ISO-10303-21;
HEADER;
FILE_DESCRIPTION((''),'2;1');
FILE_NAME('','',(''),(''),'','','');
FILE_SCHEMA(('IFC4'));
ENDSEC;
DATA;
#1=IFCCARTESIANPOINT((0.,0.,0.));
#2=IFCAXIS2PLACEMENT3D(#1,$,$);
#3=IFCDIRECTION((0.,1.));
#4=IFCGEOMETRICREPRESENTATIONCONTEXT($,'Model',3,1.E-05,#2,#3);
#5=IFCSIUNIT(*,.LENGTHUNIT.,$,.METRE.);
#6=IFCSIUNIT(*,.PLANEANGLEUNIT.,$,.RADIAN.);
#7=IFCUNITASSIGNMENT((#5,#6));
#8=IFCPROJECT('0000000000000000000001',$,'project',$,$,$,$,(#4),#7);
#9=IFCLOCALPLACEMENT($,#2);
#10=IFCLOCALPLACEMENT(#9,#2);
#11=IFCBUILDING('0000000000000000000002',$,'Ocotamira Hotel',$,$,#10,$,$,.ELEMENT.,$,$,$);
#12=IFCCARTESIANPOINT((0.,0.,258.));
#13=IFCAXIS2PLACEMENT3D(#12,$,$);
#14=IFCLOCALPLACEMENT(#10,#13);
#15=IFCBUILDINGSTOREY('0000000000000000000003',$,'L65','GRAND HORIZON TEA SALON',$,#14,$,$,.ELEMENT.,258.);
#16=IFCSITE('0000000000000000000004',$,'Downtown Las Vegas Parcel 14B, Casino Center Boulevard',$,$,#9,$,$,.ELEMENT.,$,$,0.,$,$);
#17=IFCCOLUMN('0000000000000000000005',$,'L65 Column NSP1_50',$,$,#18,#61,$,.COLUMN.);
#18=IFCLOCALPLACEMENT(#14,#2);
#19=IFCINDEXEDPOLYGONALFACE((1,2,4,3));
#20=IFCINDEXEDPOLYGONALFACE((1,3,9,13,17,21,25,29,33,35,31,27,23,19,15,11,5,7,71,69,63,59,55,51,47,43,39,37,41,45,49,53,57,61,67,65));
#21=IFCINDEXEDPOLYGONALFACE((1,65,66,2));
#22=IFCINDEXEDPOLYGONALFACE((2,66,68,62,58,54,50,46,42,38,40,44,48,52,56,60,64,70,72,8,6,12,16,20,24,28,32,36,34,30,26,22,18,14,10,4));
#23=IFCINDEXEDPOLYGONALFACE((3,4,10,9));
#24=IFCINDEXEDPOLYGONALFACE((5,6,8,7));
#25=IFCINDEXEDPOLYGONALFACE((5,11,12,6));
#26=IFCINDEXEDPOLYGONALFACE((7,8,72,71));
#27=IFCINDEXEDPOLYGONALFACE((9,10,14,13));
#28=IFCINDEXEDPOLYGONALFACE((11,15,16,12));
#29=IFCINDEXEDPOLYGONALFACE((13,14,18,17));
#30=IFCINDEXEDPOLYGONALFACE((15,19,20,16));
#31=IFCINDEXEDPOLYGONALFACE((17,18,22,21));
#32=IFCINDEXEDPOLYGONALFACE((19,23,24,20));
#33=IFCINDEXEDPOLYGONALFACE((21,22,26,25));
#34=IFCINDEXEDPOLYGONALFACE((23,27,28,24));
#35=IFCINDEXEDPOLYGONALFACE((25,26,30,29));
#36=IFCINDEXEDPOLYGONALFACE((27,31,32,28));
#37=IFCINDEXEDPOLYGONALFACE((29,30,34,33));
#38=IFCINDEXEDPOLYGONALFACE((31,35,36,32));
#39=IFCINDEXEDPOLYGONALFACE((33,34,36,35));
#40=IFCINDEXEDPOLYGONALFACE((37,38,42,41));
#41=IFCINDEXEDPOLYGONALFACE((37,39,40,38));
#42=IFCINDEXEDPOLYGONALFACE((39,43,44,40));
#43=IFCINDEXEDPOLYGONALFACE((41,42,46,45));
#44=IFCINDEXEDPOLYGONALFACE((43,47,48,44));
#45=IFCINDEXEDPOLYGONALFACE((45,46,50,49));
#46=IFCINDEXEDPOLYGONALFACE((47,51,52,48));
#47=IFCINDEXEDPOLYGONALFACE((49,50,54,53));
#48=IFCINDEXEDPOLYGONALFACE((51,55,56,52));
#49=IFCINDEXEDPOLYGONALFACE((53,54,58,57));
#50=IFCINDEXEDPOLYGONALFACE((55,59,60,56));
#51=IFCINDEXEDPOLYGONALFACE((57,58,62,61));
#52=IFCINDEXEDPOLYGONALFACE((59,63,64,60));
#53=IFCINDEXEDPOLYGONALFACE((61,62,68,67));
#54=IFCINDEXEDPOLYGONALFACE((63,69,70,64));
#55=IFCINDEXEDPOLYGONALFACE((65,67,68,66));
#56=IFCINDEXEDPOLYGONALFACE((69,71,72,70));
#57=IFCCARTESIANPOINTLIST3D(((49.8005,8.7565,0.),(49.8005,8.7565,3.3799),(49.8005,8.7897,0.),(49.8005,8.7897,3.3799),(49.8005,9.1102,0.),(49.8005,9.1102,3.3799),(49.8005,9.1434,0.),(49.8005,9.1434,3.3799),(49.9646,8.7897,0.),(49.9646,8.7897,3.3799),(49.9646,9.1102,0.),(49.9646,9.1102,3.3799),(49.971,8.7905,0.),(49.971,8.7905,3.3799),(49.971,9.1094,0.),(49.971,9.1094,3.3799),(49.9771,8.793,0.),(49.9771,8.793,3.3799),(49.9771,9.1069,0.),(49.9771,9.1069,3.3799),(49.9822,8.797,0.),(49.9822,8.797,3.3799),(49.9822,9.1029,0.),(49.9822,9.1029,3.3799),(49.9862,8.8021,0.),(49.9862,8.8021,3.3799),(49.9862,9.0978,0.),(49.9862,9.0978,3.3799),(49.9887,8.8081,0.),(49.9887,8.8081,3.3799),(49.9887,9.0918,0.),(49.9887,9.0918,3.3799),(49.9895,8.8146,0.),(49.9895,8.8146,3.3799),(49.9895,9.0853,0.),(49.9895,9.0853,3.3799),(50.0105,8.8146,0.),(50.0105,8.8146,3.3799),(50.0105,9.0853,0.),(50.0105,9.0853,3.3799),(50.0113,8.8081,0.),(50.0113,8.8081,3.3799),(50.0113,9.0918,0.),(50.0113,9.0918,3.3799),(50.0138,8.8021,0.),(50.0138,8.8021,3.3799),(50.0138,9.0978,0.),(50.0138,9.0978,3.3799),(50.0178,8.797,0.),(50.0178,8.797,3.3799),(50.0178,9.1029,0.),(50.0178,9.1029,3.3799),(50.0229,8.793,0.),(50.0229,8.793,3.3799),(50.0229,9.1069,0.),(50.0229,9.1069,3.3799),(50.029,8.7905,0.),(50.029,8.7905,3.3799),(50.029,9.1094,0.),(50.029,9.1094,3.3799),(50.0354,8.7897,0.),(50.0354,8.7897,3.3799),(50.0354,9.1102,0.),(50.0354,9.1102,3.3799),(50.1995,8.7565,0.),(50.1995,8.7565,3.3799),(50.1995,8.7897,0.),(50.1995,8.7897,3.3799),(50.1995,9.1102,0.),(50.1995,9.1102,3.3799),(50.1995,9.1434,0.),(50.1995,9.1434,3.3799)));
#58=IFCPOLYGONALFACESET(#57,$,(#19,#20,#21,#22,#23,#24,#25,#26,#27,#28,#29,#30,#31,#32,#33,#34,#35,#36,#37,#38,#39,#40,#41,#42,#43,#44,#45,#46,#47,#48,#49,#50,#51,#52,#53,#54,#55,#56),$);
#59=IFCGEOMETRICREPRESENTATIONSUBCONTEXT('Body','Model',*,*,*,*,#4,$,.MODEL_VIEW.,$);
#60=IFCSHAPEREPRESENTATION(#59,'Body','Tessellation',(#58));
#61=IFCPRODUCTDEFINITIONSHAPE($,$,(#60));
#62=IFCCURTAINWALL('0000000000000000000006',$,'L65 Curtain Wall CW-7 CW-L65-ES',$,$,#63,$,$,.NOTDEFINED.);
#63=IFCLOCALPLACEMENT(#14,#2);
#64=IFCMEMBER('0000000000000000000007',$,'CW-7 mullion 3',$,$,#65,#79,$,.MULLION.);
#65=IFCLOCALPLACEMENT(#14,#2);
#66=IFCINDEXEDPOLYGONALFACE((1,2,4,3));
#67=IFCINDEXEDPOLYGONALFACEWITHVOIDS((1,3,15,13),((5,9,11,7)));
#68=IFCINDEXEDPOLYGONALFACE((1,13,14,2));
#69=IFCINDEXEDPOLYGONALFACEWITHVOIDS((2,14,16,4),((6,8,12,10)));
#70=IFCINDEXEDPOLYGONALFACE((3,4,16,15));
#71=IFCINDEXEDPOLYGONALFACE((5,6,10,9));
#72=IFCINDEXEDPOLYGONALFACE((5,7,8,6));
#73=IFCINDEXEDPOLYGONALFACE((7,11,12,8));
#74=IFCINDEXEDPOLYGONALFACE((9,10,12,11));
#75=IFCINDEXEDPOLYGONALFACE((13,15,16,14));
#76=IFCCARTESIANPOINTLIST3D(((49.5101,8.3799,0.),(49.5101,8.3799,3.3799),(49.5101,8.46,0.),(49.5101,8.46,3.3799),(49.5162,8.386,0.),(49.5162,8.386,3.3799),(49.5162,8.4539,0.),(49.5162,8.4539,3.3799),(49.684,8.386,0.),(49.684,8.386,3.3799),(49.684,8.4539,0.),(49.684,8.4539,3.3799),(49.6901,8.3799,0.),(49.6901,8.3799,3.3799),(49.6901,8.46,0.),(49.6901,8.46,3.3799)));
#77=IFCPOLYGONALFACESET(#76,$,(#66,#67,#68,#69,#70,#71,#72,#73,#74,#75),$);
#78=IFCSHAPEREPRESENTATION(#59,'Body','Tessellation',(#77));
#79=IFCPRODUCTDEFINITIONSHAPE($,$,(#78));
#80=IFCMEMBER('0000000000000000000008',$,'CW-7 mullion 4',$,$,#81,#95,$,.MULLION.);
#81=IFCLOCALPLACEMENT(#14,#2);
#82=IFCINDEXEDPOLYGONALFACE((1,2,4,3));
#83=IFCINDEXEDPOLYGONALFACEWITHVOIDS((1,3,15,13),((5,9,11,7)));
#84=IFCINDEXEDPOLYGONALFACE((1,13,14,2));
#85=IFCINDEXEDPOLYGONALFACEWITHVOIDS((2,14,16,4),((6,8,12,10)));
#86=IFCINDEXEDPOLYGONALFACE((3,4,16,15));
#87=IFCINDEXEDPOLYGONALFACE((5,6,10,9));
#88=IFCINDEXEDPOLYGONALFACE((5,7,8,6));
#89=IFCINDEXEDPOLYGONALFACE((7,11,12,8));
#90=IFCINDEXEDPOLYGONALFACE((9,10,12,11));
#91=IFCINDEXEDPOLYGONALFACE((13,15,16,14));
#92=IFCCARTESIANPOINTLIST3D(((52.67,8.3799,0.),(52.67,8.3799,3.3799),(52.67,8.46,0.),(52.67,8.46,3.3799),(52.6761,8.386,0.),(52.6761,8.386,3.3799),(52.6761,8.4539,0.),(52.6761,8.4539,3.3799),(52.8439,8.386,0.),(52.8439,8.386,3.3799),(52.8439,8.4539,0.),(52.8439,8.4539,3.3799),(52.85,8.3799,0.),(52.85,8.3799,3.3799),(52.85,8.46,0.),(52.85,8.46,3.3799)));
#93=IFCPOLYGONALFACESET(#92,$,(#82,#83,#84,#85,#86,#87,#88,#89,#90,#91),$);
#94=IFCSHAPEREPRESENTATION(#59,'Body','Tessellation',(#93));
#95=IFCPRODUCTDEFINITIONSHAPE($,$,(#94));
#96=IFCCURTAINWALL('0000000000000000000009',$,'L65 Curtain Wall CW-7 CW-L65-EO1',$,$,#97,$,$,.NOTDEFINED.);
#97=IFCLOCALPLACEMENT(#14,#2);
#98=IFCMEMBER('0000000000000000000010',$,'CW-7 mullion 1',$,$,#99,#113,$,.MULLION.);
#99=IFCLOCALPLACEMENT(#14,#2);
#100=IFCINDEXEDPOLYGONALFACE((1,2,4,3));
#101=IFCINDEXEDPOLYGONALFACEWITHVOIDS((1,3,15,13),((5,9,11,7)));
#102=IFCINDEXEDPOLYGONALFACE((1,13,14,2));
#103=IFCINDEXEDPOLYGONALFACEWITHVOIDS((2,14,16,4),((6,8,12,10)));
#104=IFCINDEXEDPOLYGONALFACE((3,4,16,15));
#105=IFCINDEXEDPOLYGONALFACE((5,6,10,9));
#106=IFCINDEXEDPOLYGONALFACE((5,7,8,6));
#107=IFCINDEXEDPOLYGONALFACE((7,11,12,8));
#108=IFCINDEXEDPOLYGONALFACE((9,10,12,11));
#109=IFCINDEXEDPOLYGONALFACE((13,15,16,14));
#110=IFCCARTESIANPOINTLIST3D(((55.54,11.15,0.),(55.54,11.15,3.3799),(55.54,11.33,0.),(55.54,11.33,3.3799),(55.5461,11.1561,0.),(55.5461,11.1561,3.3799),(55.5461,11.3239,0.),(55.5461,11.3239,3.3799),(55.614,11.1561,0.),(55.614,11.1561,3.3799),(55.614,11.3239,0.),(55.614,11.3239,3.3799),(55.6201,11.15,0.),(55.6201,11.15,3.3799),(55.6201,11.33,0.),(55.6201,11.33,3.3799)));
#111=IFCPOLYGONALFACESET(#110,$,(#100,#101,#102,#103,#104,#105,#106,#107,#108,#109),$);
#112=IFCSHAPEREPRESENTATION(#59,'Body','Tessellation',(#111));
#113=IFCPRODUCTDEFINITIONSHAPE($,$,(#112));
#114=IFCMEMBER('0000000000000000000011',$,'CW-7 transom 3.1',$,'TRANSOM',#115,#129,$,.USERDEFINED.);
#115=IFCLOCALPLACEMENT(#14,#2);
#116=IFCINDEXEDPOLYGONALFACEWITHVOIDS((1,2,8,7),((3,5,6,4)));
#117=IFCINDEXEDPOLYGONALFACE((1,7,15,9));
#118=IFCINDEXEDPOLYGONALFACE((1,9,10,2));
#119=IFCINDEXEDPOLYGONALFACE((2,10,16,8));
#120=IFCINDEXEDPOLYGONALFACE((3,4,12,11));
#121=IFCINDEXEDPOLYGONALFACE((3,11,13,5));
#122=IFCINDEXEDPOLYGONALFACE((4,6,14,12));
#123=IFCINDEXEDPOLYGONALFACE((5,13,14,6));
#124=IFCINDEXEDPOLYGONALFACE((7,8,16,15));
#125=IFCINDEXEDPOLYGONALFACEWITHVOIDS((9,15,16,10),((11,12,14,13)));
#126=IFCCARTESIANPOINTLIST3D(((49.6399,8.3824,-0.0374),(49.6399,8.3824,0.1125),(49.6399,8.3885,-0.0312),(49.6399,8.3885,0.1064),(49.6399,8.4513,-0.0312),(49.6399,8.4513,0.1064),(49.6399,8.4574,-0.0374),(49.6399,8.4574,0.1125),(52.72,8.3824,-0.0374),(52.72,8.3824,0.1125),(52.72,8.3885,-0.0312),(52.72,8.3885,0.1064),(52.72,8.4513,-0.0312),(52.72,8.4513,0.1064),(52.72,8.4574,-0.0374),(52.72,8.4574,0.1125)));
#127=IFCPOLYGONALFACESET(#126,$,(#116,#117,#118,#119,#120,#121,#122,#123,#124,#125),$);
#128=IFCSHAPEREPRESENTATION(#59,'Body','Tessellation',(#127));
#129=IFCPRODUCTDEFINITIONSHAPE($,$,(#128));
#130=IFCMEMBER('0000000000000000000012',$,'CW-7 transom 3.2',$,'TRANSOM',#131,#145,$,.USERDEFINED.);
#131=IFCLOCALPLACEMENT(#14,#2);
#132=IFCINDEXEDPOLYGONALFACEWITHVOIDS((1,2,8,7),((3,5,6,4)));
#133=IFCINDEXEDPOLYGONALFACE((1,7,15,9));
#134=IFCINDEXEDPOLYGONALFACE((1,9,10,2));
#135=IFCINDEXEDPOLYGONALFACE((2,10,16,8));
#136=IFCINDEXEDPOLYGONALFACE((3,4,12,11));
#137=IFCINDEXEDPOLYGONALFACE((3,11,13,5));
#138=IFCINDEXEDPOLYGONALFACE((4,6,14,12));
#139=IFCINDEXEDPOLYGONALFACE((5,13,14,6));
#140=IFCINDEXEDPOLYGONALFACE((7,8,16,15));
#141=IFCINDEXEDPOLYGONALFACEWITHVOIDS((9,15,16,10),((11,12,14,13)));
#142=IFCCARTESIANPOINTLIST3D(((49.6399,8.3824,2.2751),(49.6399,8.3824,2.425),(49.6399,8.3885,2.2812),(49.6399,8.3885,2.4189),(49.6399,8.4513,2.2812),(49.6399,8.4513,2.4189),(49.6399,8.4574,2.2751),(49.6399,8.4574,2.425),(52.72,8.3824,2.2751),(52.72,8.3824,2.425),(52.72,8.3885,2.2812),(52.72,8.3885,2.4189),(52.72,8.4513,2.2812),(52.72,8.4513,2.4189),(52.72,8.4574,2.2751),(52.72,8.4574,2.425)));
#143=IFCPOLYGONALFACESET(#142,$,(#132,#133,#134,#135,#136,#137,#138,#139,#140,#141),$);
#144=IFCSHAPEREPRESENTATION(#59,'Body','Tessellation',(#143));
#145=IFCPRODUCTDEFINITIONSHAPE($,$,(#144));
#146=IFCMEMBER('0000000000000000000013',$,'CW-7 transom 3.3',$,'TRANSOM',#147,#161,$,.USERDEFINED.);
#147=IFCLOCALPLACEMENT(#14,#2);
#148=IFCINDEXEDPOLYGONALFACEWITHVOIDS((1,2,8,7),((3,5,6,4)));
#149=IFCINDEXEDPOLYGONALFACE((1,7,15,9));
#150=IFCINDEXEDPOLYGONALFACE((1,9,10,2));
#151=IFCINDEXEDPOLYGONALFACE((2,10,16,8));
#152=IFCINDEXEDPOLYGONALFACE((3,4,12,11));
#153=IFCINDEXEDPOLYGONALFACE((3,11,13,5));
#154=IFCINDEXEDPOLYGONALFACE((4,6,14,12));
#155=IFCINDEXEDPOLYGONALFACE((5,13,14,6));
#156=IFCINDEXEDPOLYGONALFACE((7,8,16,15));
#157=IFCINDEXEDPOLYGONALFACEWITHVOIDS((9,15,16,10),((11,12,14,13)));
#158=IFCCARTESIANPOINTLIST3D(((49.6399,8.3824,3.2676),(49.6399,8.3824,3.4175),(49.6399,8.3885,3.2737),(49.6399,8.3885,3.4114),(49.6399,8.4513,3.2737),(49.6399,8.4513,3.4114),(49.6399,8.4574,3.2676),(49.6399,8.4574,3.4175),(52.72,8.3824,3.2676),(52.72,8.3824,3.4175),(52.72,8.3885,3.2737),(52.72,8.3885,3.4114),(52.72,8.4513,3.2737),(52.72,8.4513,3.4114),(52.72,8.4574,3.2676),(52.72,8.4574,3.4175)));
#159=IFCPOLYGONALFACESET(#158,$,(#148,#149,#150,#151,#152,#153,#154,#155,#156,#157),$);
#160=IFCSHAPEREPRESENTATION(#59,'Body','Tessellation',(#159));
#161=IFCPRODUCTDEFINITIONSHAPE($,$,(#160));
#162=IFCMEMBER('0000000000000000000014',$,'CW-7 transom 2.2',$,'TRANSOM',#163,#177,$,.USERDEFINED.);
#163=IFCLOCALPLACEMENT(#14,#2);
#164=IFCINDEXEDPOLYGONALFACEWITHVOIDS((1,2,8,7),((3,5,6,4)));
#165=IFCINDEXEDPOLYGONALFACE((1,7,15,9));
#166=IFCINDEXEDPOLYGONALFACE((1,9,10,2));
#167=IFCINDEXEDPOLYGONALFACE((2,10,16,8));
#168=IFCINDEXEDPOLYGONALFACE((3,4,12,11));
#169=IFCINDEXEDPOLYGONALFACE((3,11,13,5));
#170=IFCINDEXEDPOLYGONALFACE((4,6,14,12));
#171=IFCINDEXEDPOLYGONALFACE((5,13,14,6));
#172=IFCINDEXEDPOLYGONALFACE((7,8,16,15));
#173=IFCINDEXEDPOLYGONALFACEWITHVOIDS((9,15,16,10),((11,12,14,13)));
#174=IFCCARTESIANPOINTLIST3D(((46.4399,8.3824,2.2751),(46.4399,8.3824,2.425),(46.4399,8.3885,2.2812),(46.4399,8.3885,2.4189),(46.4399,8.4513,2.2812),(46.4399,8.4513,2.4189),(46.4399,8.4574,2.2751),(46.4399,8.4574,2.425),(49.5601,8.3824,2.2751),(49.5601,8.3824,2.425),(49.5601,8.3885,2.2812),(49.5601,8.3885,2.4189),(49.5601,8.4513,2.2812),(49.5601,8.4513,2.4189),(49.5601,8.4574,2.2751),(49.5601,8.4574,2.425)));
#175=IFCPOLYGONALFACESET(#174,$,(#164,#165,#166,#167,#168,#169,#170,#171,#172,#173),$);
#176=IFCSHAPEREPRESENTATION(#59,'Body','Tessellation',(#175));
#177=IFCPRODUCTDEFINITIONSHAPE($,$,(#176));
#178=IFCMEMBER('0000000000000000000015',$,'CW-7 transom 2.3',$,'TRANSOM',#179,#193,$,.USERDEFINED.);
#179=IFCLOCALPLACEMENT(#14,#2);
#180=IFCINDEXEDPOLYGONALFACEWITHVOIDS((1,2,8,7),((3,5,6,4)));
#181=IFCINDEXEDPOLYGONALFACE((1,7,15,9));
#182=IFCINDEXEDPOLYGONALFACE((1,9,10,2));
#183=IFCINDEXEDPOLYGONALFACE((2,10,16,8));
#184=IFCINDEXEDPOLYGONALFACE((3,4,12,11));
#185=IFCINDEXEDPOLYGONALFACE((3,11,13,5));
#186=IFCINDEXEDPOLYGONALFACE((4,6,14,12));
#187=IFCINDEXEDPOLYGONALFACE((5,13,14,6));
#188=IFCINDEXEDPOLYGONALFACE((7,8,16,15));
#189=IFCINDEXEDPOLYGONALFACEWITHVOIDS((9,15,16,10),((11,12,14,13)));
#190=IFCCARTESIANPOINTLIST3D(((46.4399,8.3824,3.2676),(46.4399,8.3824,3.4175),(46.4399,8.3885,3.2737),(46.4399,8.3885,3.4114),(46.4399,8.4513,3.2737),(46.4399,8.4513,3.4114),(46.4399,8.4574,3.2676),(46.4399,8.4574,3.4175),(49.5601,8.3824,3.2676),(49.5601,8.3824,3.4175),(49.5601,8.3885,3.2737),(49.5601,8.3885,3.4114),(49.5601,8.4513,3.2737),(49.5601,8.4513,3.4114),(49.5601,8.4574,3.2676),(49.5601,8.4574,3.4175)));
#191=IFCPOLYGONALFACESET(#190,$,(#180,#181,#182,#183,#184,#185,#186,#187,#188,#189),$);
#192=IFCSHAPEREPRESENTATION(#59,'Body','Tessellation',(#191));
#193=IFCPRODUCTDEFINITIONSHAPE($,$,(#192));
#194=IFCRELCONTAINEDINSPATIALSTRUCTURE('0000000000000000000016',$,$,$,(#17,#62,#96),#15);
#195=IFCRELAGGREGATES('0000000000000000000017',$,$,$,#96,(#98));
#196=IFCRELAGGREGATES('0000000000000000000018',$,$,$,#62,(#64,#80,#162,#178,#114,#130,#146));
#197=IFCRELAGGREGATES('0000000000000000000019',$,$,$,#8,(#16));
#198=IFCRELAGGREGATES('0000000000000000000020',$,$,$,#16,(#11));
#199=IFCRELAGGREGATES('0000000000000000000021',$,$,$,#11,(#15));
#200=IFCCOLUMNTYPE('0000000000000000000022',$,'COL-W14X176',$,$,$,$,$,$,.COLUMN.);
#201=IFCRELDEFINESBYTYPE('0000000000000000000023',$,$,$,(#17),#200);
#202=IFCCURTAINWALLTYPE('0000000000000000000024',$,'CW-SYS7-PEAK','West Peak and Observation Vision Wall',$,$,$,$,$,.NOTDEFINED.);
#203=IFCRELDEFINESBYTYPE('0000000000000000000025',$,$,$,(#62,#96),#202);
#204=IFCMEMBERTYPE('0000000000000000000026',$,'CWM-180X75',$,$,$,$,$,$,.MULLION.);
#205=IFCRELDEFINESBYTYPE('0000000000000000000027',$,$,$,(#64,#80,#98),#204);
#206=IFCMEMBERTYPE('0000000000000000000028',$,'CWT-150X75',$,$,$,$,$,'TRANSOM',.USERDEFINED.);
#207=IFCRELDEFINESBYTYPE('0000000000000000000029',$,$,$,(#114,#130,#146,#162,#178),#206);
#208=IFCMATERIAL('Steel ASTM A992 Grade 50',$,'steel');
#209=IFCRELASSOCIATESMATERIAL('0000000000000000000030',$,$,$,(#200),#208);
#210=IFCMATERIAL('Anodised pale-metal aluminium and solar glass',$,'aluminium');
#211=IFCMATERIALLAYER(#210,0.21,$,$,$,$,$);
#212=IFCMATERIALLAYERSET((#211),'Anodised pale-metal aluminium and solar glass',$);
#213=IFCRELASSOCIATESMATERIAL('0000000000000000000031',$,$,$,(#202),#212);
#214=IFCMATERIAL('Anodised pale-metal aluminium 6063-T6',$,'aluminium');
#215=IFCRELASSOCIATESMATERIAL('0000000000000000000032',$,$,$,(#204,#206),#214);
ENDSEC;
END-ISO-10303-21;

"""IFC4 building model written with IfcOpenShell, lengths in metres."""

from ifc_helpers import new_model, si_unit, direction, frame, origin, origin_2d, place, context, subcontext, project, spatial, hollow_rectangle, i_section, extrude, source, transform, mapped, material, layer, layer_set, material_profile, profile_set, type_object, element, aggregate, save


model = new_model("IFC4")

# Units and contexts
model_context = context("Model", 3, precision=1e-05, world=origin(), true_north=direction((0.0, 1.0)))
body_context = subcontext(model_context, "Body", "Model", "MODEL_VIEW")
ifc_project = project(units=[si_unit("LENGTHUNIT", "METRE"), si_unit("PLANEANGLEUNIT", "RADIAN")], contexts=[model_context])

# Site, building, storey
site_placement = place(None, origin())
site = spatial("IfcSite", under=ifc_project, at=site_placement, Name="Downtown Las Vegas Parcel 14B, Casino Center Boulevard", CompositionType="ELEMENT", RefElevation=0.0)
building_placement = place(site_placement, origin())
building = spatial("IfcBuilding", under=site, at=building_placement, Name="Ocotamira Hotel", CompositionType="ELEMENT")
storey_placement = place(building_placement, frame((0.0, 0.0, 258.0)))
storey = spatial("IfcBuildingStorey", under=building, at=storey_placement, Name="L65", Description="GRAND HORIZON TEA SALON", CompositionType="ELEMENT", Elevation=258.0)

# Column
ifc_material_1 = material(Name="Steel ASTM A992 Grade 50", Category="steel")
ifc_material_profile_1 = material_profile(ifc_material_1, i_section(OverallWidth=0.3989, OverallDepth=0.387, WebThickness=0.021, FlangeThickness=0.0332, FilletRadius=0.0249, at=origin_2d()), Name="W14X176")
ifc_profile_set_1 = profile_set([ifc_material_profile_1], Name="Steel ASTM A992 Grade 50")
column_type = type_object("IfcColumnType", Name="COL-W14X176", PredefinedType="COLUMN", material=ifc_profile_set_1)
shared_shape_1 = source(origin(), body_context, "Body", "SweptSolid", [
    extrude(i_section(OverallWidth=0.3989, OverallDepth=0.387, WebThickness=0.021, FlangeThickness=0.0332, FilletRadius=0.0249, at=origin_2d()), origin(), (0.0, 0.0, 1.0), 3.3799),
])
column_placement = place(storey_placement, frame((50.0, 8.95, 0.0), z_axis=(0.0, 0.0, 1.0), x_axis=(1.0, 0.0, 0.0)))
element("IfcColumn", 1, at=column_placement, inside=storey, type_object=column_type, Name="L65 Column NSP1_50", PredefinedType="COLUMN", context=body_context, shape_type="MappedRepresentation", body=[
    mapped(shared_shape_1, transform((0.0, 0.0, 0.0), scale=1.0)),
])

# Curtain wall, members
ifc_material_2 = material(Name="Anodised pale-metal aluminium and solar glass", Category="aluminium")
ifc_layer_1 = layer(ifc_material_2, 0.21)
ifc_layer_set_1 = layer_set([ifc_layer_1], Name="Anodised pale-metal aluminium and solar glass")
curtain_wall_type = type_object("IfcCurtainWallType", Name="CW-SYS7-PEAK", Description="West Peak and Observation Vision Wall", PredefinedType="NOTDEFINED", material=ifc_layer_set_1)
curtain_wall_1_placement = place(storey_placement, origin())
curtain_wall_1 = element("IfcCurtainWall", 2, at=curtain_wall_1_placement, inside=storey, type_object=curtain_wall_type, Name="L65 Curtain Wall CW-7 CW-L65-ES", PredefinedType="NOTDEFINED")
ifc_material_3 = material(Name="Anodised pale-metal aluminium 6063-T6", Category="aluminium")
ifc_material_profile_2 = material_profile(ifc_material_3, hollow_rectangle(XDim=0.0801, YDim=0.1799, WallThickness=0.0061, at=origin_2d()), Name="HSS180X80X6")
ifc_profile_set_2 = profile_set([ifc_material_profile_2], Name="Anodised pale-metal aluminium 6063-T6")
member_type_1 = type_object("IfcMemberType", Name="CWM-180X75", PredefinedType="MULLION", material=ifc_profile_set_2)
shared_shape_2 = source(origin(), body_context, "Body", "SweptSolid", [
    extrude(hollow_rectangle(XDim=0.0801, YDim=0.1799, WallThickness=0.0061, at=origin_2d()), origin(), (0.0, 0.0, 1.0), 3.3799),
])
member_1_placement = place(storey_placement, frame((49.6001, 8.4199, 0.0), z_axis=(0.0, 0.0, 1.0), x_axis=(0.0, 1.0, 0.0)))
member_1 = element("IfcMember", 3, at=member_1_placement, type_object=member_type_1, Name="CW-7 mullion 3", PredefinedType="MULLION", context=body_context, shape_type="MappedRepresentation", body=[
    mapped(shared_shape_2, transform((0.0, 0.0, 0.0), scale=1.0)),
])
member_2_placement = place(storey_placement, frame((52.76, 8.4199, 0.0), z_axis=(0.0, 0.0, 1.0), x_axis=(0.0, 1.0, 0.0)))
member_2 = element("IfcMember", 4, at=member_2_placement, type_object=member_type_1, Name="CW-7 mullion 4", PredefinedType="MULLION", context=body_context, shape_type="MappedRepresentation", body=[
    mapped(shared_shape_2, transform((0.0, 0.0, 0.0), scale=1.0)),
])

# Curtain wall, member
curtain_wall_2_placement = place(storey_placement, origin())
curtain_wall_2 = element("IfcCurtainWall", 5, at=curtain_wall_2_placement, inside=storey, type_object=curtain_wall_type, Name="L65 Curtain Wall CW-7 CW-L65-EO1", PredefinedType="NOTDEFINED")
member_3_placement = place(storey_placement, frame((55.5801, 11.24, 0.0), z_axis=(0.0, 0.0, 1.0), x_axis=(-1.0, 0.0, 0.0)))
member_3 = element("IfcMember", 6, at=member_3_placement, type_object=member_type_1, Name="CW-7 mullion 1", PredefinedType="MULLION", context=body_context, shape_type="MappedRepresentation", body=[
    mapped(shared_shape_2, transform((0.0, 0.0, 0.0), scale=1.0)),
])

# Members
ifc_material_profile_3 = material_profile(ifc_material_3, hollow_rectangle(XDim=0.075, YDim=0.1499, WallThickness=0.0061, at=origin_2d()), Name="HSS150X75X6")
ifc_profile_set_3 = profile_set([ifc_material_profile_3], Name="Anodised pale-metal aluminium 6063-T6")
member_type_2 = type_object("IfcMemberType", Name="CWT-150X75", ElementType="TRANSOM", PredefinedType="USERDEFINED", material=ifc_profile_set_3)
shared_shape_3 = source(origin(), body_context, "Body", "SweptSolid", [
    extrude(hollow_rectangle(XDim=0.075, YDim=0.1499, WallThickness=0.0061, at=origin_2d()), origin(), (0.0, 0.0, 1.0), 3.0801),
])
member_4_placement = place(storey_placement, frame((49.6399, 8.4199, 0.0376), z_axis=(1.0, 0.0, 0.0), x_axis=(0.0, 1.0, 0.0)))
member_4 = element("IfcMember", 7, at=member_4_placement, type_object=member_type_2, Name="CW-7 transom 3.1", ObjectType="TRANSOM", PredefinedType="USERDEFINED", context=body_context, shape_type="MappedRepresentation", body=[
    mapped(shared_shape_3, transform((0.0, 0.0, 0.0), scale=1.0)),
])
member_5_placement = place(storey_placement, frame((49.6399, 8.4199, 2.3501), z_axis=(1.0, 0.0, 0.0), x_axis=(0.0, 1.0, 0.0)))
member_5 = element("IfcMember", 8, at=member_5_placement, type_object=member_type_2, Name="CW-7 transom 3.2", ObjectType="TRANSOM", PredefinedType="USERDEFINED", context=body_context, shape_type="MappedRepresentation", body=[
    mapped(shared_shape_3, transform((0.0, 0.0, 0.0), scale=1.0)),
])
member_6_placement = place(storey_placement, frame((49.6399, 8.4199, 3.3425), z_axis=(1.0, 0.0, 0.0), x_axis=(0.0, 1.0, 0.0)))
member_6 = element("IfcMember", 9, at=member_6_placement, type_object=member_type_2, Name="CW-7 transom 3.3", ObjectType="TRANSOM", PredefinedType="USERDEFINED", context=body_context, shape_type="MappedRepresentation", body=[
    mapped(shared_shape_3, transform((0.0, 0.0, 0.0), scale=1.0)),
])
shared_shape_4 = source(origin(), body_context, "Body", "SweptSolid", [
    extrude(hollow_rectangle(XDim=0.075, YDim=0.1499, WallThickness=0.0061, at=origin_2d()), origin(), (0.0, 0.0, 1.0), 3.1201),
])
member_7_placement = place(storey_placement, frame((46.4399, 8.4199, 2.3501), z_axis=(1.0, 0.0, 0.0), x_axis=(0.0, 1.0, 0.0)))
member_7 = element("IfcMember", 10, at=member_7_placement, type_object=member_type_2, Name="CW-7 transom 2.2", ObjectType="TRANSOM", PredefinedType="USERDEFINED", context=body_context, shape_type="MappedRepresentation", body=[
    mapped(shared_shape_4, transform((0.0, 0.0, 0.0), scale=1.0)),
])
member_8_placement = place(storey_placement, frame((46.4399, 8.4199, 3.3425), z_axis=(1.0, 0.0, 0.0), x_axis=(0.0, 1.0, 0.0)))
member_8 = element("IfcMember", 11, at=member_8_placement, type_object=member_type_2, Name="CW-7 transom 2.3", ObjectType="TRANSOM", PredefinedType="USERDEFINED", context=body_context, shape_type="MappedRepresentation", body=[
    mapped(shared_shape_4, transform((0.0, 0.0, 0.0), scale=1.0)),
])
aggregate(curtain_wall_2, [member_3])

aggregate(curtain_wall_1, [member_1, member_2, member_7, member_8, member_4, member_5, member_6])

save(model, "model.ifc")
